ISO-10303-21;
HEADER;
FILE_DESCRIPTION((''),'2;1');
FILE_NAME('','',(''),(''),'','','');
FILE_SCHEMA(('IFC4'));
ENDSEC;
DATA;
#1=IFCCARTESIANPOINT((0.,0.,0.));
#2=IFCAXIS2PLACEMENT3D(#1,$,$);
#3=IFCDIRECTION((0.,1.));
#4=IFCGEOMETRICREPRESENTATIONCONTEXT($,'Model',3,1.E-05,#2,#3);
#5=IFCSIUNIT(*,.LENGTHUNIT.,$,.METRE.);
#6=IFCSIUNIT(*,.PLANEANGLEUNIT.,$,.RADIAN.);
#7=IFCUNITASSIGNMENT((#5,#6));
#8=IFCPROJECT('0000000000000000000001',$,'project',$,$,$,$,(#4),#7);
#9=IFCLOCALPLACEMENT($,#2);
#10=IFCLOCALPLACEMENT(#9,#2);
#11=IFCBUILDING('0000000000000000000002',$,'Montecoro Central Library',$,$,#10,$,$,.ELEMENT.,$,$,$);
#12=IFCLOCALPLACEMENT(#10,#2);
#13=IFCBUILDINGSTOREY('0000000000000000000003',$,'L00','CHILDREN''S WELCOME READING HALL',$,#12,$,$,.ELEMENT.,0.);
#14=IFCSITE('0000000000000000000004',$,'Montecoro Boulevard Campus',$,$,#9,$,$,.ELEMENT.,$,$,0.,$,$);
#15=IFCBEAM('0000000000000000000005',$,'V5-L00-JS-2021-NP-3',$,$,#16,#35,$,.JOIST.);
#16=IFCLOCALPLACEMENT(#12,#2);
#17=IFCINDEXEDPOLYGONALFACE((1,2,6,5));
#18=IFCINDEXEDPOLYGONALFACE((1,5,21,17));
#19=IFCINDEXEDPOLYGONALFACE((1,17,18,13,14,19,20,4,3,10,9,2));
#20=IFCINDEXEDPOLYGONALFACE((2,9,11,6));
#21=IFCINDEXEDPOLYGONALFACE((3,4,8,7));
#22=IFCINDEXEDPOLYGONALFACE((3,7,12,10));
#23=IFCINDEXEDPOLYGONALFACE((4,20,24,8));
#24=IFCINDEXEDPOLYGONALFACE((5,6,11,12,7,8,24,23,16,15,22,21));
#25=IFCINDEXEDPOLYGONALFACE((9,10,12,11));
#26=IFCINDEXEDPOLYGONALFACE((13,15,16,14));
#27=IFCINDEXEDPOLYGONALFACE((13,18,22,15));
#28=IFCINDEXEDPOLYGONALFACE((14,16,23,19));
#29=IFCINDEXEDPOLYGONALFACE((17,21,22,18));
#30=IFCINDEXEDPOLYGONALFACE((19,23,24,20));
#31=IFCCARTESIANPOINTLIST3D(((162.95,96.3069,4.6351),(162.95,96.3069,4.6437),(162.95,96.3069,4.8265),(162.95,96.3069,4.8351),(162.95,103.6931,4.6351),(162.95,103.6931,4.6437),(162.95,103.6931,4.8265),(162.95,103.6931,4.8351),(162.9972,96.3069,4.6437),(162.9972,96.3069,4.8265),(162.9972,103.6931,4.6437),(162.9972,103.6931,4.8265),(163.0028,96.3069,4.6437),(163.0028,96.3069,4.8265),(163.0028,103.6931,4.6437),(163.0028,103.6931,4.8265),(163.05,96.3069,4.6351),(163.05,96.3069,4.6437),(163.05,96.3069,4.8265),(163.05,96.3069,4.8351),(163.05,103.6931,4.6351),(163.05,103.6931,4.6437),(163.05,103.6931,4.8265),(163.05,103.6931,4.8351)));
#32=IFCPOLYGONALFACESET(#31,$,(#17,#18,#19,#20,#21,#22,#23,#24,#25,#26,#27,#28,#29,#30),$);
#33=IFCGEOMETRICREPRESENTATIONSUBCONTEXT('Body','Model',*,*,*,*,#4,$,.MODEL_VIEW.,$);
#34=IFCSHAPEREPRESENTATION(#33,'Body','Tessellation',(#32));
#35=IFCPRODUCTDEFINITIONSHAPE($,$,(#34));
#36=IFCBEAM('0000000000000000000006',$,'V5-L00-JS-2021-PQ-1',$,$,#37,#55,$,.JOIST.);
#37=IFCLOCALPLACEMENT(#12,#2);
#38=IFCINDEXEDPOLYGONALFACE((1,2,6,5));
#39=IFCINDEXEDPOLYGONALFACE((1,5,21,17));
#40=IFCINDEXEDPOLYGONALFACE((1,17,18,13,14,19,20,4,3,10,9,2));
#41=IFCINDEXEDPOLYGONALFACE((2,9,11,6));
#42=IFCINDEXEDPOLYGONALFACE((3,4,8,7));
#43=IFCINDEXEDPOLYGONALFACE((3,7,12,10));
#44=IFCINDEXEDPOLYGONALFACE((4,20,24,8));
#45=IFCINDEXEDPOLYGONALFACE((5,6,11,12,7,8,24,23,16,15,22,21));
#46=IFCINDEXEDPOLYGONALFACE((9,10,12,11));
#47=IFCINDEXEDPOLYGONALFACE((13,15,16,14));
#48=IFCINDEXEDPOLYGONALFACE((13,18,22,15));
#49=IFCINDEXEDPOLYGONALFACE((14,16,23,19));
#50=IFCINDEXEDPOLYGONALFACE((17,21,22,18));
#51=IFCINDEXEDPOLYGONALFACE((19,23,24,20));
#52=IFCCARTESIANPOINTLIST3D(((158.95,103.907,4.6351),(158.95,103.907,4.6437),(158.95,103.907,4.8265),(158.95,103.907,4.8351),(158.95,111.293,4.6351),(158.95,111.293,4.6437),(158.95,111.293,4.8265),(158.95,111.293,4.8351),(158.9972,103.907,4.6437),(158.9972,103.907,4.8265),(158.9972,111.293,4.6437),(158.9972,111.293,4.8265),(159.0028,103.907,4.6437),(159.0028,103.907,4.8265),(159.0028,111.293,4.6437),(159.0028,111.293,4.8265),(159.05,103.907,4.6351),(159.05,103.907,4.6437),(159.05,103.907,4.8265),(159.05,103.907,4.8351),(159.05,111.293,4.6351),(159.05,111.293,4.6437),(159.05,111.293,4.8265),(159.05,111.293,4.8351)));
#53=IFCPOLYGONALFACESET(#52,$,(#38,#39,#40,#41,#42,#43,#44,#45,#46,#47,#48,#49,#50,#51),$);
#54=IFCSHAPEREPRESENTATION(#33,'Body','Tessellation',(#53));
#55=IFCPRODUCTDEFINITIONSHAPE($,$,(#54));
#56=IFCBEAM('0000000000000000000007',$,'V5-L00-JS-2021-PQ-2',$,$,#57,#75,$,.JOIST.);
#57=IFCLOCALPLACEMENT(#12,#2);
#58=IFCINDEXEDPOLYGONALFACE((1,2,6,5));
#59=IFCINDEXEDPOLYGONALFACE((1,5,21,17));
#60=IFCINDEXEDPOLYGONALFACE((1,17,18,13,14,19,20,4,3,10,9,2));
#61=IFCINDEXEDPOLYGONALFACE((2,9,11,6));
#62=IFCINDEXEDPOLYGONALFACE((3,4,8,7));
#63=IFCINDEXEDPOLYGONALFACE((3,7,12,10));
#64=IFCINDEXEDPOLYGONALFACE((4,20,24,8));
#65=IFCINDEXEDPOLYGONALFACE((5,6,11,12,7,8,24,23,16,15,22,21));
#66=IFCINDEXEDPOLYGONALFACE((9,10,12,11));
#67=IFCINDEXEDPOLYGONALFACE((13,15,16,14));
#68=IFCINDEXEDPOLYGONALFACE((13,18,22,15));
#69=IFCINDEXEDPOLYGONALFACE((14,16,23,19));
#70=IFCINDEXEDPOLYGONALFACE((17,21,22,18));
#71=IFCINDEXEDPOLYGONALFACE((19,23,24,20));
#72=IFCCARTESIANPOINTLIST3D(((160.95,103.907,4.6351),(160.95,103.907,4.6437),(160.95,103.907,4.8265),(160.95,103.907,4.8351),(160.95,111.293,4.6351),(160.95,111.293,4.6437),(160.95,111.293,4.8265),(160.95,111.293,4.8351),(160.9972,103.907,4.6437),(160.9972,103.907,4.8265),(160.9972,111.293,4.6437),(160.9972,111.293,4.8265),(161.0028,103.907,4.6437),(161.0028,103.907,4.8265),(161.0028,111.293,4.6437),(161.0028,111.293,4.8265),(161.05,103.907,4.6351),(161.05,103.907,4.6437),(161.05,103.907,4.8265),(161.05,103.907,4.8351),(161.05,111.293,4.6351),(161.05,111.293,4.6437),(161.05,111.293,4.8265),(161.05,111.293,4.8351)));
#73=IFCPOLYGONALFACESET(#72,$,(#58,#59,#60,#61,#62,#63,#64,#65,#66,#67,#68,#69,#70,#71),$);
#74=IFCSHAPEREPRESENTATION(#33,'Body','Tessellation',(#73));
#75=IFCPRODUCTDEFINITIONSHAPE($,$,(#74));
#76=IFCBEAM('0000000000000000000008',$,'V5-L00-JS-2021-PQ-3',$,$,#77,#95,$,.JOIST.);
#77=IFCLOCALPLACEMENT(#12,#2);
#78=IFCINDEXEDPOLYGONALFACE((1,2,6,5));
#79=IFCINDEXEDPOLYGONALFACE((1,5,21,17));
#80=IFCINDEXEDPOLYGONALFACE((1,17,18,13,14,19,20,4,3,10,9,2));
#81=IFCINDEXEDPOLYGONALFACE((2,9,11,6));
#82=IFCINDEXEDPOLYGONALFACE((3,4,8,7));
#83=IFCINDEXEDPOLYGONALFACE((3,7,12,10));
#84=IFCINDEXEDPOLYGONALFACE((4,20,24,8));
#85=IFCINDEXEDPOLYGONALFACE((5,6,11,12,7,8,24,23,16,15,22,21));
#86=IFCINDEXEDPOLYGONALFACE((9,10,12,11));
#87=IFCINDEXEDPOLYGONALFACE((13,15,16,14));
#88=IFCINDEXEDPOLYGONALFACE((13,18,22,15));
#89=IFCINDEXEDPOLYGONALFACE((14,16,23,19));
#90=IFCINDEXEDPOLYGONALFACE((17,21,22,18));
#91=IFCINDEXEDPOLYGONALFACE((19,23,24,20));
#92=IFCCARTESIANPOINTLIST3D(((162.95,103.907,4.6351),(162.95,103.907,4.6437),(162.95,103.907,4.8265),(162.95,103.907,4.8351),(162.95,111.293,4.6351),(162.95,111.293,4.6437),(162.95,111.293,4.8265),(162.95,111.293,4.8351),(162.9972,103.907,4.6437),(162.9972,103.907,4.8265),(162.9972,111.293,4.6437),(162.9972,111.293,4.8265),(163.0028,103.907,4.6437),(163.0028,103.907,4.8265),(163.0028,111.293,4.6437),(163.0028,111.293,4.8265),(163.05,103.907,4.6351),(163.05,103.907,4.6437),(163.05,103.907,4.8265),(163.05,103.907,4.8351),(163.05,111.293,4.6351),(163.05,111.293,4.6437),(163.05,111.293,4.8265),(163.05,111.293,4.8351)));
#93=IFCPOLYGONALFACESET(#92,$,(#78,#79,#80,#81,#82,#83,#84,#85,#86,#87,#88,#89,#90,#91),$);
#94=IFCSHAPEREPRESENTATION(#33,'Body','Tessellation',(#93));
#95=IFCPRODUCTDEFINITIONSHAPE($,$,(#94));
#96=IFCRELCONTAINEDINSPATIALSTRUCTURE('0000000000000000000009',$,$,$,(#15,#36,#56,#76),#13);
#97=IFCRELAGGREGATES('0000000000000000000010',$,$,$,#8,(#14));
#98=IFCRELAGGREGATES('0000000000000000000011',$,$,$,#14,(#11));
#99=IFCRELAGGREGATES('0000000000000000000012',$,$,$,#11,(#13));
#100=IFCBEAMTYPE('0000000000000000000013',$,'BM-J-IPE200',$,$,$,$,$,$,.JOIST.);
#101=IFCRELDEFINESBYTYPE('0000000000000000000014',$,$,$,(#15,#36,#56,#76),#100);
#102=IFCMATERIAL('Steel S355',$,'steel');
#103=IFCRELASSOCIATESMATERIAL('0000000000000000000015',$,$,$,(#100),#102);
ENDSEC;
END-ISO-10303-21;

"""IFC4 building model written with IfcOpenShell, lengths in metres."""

from ifc_helpers import new_model, si_unit, direction, frame, origin, origin_2d, place, context, subcontext, project, spatial, i_section, extrude, material, material_profile, profile_set, type_object, element, save


model = new_model("IFC4")

# Units and contexts
model_context = context("Model", 3, precision=1e-05, world=origin(), true_north=direction((0.0, 1.0)))
body_context = subcontext(model_context, "Body", "Model", "MODEL_VIEW")
ifc_project = project(units=[si_unit("LENGTHUNIT", "METRE"), si_unit("PLANEANGLEUNIT", "RADIAN")], contexts=[model_context])

# Site, building, storey
site_placement = place(None, origin())
site = spatial("IfcSite", under=ifc_project, at=site_placement, Name="Montecoro Boulevard Campus", CompositionType="ELEMENT", RefElevation=0.0)
building_placement = place(site_placement, origin())
building = spatial("IfcBuilding", under=site, at=building_placement, Name="Montecoro Central Library", CompositionType="ELEMENT")
storey_placement = place(building_placement, origin())
storey = spatial("IfcBuildingStorey", under=building, at=storey_placement, Name="L00", Description="CHILDREN'S WELCOME READING HALL", CompositionType="ELEMENT", Elevation=0.0)

# Beams
ifc_material_1 = material(Name="Steel S355", Category="steel")
ifc_material_profile_1 = material_profile(ifc_material_1, i_section(OverallWidth=0.1001, OverallDepth=0.2, WebThickness=0.0056, FlangeThickness=0.0085, at=origin_2d()), Name="IPE 200")
ifc_profile_set_1 = profile_set([ifc_material_profile_1], Name="Steel S355")
beam_type_1 = type_object("IfcBeamType", Name="BM-J-IPE200", PredefinedType="JOIST", material=ifc_profile_set_1)
for number, where, z_axis, x_axis, name in (
    (1, (163.0, 96.3069, 4.7351), (0.0, 1.0, 0.0), (-1.0, 0.0, 0.0), "V5-L00-JS-2021-NP-3"),
):
    element("IfcBeam", number, at=place(storey_placement, frame(where, z_axis=z_axis, x_axis=x_axis)), inside=storey, type_object=beam_type_1, Name=name, PredefinedType="JOIST", context=body_context, shape_type="SweptSolid", body=[
        extrude(i_section(OverallWidth=0.1001, OverallDepth=0.2, WebThickness=0.0056, FlangeThickness=0.0085, at=origin_2d()), origin(), (0.0, 0.0, 1.0), 7.3862),
    ])
for number, where, z_axis, x_axis, name in (
    (2, (159.0, 103.907, 4.7351), (0.0, 1.0, 0.0), (-1.0, 0.0, 0.0), "V5-L00-JS-2021-PQ-1"),
    (3, (161.0, 103.907, 4.7351), (0.0, 1.0, 0.0), (-1.0, 0.0, 0.0), "V5-L00-JS-2021-PQ-2"),
    (4, (163.0, 103.907, 4.7351), (0.0, 1.0, 0.0), (-1.0, 0.0, 0.0), "V5-L00-JS-2021-PQ-3"),
):
    element("IfcBeam", number, at=place(storey_placement, frame(where, z_axis=z_axis, x_axis=x_axis)), inside=storey, type_object=beam_type_1, Name=name, PredefinedType="JOIST", context=body_context, shape_type="SweptSolid", body=[
        extrude(i_section(OverallWidth=0.1001, OverallDepth=0.2, WebThickness=0.0056, FlangeThickness=0.0085, at=origin_2d()), origin(), (0.0, 0.0, 1.0), 7.386),
    ])

save(model, "model.ifc")
